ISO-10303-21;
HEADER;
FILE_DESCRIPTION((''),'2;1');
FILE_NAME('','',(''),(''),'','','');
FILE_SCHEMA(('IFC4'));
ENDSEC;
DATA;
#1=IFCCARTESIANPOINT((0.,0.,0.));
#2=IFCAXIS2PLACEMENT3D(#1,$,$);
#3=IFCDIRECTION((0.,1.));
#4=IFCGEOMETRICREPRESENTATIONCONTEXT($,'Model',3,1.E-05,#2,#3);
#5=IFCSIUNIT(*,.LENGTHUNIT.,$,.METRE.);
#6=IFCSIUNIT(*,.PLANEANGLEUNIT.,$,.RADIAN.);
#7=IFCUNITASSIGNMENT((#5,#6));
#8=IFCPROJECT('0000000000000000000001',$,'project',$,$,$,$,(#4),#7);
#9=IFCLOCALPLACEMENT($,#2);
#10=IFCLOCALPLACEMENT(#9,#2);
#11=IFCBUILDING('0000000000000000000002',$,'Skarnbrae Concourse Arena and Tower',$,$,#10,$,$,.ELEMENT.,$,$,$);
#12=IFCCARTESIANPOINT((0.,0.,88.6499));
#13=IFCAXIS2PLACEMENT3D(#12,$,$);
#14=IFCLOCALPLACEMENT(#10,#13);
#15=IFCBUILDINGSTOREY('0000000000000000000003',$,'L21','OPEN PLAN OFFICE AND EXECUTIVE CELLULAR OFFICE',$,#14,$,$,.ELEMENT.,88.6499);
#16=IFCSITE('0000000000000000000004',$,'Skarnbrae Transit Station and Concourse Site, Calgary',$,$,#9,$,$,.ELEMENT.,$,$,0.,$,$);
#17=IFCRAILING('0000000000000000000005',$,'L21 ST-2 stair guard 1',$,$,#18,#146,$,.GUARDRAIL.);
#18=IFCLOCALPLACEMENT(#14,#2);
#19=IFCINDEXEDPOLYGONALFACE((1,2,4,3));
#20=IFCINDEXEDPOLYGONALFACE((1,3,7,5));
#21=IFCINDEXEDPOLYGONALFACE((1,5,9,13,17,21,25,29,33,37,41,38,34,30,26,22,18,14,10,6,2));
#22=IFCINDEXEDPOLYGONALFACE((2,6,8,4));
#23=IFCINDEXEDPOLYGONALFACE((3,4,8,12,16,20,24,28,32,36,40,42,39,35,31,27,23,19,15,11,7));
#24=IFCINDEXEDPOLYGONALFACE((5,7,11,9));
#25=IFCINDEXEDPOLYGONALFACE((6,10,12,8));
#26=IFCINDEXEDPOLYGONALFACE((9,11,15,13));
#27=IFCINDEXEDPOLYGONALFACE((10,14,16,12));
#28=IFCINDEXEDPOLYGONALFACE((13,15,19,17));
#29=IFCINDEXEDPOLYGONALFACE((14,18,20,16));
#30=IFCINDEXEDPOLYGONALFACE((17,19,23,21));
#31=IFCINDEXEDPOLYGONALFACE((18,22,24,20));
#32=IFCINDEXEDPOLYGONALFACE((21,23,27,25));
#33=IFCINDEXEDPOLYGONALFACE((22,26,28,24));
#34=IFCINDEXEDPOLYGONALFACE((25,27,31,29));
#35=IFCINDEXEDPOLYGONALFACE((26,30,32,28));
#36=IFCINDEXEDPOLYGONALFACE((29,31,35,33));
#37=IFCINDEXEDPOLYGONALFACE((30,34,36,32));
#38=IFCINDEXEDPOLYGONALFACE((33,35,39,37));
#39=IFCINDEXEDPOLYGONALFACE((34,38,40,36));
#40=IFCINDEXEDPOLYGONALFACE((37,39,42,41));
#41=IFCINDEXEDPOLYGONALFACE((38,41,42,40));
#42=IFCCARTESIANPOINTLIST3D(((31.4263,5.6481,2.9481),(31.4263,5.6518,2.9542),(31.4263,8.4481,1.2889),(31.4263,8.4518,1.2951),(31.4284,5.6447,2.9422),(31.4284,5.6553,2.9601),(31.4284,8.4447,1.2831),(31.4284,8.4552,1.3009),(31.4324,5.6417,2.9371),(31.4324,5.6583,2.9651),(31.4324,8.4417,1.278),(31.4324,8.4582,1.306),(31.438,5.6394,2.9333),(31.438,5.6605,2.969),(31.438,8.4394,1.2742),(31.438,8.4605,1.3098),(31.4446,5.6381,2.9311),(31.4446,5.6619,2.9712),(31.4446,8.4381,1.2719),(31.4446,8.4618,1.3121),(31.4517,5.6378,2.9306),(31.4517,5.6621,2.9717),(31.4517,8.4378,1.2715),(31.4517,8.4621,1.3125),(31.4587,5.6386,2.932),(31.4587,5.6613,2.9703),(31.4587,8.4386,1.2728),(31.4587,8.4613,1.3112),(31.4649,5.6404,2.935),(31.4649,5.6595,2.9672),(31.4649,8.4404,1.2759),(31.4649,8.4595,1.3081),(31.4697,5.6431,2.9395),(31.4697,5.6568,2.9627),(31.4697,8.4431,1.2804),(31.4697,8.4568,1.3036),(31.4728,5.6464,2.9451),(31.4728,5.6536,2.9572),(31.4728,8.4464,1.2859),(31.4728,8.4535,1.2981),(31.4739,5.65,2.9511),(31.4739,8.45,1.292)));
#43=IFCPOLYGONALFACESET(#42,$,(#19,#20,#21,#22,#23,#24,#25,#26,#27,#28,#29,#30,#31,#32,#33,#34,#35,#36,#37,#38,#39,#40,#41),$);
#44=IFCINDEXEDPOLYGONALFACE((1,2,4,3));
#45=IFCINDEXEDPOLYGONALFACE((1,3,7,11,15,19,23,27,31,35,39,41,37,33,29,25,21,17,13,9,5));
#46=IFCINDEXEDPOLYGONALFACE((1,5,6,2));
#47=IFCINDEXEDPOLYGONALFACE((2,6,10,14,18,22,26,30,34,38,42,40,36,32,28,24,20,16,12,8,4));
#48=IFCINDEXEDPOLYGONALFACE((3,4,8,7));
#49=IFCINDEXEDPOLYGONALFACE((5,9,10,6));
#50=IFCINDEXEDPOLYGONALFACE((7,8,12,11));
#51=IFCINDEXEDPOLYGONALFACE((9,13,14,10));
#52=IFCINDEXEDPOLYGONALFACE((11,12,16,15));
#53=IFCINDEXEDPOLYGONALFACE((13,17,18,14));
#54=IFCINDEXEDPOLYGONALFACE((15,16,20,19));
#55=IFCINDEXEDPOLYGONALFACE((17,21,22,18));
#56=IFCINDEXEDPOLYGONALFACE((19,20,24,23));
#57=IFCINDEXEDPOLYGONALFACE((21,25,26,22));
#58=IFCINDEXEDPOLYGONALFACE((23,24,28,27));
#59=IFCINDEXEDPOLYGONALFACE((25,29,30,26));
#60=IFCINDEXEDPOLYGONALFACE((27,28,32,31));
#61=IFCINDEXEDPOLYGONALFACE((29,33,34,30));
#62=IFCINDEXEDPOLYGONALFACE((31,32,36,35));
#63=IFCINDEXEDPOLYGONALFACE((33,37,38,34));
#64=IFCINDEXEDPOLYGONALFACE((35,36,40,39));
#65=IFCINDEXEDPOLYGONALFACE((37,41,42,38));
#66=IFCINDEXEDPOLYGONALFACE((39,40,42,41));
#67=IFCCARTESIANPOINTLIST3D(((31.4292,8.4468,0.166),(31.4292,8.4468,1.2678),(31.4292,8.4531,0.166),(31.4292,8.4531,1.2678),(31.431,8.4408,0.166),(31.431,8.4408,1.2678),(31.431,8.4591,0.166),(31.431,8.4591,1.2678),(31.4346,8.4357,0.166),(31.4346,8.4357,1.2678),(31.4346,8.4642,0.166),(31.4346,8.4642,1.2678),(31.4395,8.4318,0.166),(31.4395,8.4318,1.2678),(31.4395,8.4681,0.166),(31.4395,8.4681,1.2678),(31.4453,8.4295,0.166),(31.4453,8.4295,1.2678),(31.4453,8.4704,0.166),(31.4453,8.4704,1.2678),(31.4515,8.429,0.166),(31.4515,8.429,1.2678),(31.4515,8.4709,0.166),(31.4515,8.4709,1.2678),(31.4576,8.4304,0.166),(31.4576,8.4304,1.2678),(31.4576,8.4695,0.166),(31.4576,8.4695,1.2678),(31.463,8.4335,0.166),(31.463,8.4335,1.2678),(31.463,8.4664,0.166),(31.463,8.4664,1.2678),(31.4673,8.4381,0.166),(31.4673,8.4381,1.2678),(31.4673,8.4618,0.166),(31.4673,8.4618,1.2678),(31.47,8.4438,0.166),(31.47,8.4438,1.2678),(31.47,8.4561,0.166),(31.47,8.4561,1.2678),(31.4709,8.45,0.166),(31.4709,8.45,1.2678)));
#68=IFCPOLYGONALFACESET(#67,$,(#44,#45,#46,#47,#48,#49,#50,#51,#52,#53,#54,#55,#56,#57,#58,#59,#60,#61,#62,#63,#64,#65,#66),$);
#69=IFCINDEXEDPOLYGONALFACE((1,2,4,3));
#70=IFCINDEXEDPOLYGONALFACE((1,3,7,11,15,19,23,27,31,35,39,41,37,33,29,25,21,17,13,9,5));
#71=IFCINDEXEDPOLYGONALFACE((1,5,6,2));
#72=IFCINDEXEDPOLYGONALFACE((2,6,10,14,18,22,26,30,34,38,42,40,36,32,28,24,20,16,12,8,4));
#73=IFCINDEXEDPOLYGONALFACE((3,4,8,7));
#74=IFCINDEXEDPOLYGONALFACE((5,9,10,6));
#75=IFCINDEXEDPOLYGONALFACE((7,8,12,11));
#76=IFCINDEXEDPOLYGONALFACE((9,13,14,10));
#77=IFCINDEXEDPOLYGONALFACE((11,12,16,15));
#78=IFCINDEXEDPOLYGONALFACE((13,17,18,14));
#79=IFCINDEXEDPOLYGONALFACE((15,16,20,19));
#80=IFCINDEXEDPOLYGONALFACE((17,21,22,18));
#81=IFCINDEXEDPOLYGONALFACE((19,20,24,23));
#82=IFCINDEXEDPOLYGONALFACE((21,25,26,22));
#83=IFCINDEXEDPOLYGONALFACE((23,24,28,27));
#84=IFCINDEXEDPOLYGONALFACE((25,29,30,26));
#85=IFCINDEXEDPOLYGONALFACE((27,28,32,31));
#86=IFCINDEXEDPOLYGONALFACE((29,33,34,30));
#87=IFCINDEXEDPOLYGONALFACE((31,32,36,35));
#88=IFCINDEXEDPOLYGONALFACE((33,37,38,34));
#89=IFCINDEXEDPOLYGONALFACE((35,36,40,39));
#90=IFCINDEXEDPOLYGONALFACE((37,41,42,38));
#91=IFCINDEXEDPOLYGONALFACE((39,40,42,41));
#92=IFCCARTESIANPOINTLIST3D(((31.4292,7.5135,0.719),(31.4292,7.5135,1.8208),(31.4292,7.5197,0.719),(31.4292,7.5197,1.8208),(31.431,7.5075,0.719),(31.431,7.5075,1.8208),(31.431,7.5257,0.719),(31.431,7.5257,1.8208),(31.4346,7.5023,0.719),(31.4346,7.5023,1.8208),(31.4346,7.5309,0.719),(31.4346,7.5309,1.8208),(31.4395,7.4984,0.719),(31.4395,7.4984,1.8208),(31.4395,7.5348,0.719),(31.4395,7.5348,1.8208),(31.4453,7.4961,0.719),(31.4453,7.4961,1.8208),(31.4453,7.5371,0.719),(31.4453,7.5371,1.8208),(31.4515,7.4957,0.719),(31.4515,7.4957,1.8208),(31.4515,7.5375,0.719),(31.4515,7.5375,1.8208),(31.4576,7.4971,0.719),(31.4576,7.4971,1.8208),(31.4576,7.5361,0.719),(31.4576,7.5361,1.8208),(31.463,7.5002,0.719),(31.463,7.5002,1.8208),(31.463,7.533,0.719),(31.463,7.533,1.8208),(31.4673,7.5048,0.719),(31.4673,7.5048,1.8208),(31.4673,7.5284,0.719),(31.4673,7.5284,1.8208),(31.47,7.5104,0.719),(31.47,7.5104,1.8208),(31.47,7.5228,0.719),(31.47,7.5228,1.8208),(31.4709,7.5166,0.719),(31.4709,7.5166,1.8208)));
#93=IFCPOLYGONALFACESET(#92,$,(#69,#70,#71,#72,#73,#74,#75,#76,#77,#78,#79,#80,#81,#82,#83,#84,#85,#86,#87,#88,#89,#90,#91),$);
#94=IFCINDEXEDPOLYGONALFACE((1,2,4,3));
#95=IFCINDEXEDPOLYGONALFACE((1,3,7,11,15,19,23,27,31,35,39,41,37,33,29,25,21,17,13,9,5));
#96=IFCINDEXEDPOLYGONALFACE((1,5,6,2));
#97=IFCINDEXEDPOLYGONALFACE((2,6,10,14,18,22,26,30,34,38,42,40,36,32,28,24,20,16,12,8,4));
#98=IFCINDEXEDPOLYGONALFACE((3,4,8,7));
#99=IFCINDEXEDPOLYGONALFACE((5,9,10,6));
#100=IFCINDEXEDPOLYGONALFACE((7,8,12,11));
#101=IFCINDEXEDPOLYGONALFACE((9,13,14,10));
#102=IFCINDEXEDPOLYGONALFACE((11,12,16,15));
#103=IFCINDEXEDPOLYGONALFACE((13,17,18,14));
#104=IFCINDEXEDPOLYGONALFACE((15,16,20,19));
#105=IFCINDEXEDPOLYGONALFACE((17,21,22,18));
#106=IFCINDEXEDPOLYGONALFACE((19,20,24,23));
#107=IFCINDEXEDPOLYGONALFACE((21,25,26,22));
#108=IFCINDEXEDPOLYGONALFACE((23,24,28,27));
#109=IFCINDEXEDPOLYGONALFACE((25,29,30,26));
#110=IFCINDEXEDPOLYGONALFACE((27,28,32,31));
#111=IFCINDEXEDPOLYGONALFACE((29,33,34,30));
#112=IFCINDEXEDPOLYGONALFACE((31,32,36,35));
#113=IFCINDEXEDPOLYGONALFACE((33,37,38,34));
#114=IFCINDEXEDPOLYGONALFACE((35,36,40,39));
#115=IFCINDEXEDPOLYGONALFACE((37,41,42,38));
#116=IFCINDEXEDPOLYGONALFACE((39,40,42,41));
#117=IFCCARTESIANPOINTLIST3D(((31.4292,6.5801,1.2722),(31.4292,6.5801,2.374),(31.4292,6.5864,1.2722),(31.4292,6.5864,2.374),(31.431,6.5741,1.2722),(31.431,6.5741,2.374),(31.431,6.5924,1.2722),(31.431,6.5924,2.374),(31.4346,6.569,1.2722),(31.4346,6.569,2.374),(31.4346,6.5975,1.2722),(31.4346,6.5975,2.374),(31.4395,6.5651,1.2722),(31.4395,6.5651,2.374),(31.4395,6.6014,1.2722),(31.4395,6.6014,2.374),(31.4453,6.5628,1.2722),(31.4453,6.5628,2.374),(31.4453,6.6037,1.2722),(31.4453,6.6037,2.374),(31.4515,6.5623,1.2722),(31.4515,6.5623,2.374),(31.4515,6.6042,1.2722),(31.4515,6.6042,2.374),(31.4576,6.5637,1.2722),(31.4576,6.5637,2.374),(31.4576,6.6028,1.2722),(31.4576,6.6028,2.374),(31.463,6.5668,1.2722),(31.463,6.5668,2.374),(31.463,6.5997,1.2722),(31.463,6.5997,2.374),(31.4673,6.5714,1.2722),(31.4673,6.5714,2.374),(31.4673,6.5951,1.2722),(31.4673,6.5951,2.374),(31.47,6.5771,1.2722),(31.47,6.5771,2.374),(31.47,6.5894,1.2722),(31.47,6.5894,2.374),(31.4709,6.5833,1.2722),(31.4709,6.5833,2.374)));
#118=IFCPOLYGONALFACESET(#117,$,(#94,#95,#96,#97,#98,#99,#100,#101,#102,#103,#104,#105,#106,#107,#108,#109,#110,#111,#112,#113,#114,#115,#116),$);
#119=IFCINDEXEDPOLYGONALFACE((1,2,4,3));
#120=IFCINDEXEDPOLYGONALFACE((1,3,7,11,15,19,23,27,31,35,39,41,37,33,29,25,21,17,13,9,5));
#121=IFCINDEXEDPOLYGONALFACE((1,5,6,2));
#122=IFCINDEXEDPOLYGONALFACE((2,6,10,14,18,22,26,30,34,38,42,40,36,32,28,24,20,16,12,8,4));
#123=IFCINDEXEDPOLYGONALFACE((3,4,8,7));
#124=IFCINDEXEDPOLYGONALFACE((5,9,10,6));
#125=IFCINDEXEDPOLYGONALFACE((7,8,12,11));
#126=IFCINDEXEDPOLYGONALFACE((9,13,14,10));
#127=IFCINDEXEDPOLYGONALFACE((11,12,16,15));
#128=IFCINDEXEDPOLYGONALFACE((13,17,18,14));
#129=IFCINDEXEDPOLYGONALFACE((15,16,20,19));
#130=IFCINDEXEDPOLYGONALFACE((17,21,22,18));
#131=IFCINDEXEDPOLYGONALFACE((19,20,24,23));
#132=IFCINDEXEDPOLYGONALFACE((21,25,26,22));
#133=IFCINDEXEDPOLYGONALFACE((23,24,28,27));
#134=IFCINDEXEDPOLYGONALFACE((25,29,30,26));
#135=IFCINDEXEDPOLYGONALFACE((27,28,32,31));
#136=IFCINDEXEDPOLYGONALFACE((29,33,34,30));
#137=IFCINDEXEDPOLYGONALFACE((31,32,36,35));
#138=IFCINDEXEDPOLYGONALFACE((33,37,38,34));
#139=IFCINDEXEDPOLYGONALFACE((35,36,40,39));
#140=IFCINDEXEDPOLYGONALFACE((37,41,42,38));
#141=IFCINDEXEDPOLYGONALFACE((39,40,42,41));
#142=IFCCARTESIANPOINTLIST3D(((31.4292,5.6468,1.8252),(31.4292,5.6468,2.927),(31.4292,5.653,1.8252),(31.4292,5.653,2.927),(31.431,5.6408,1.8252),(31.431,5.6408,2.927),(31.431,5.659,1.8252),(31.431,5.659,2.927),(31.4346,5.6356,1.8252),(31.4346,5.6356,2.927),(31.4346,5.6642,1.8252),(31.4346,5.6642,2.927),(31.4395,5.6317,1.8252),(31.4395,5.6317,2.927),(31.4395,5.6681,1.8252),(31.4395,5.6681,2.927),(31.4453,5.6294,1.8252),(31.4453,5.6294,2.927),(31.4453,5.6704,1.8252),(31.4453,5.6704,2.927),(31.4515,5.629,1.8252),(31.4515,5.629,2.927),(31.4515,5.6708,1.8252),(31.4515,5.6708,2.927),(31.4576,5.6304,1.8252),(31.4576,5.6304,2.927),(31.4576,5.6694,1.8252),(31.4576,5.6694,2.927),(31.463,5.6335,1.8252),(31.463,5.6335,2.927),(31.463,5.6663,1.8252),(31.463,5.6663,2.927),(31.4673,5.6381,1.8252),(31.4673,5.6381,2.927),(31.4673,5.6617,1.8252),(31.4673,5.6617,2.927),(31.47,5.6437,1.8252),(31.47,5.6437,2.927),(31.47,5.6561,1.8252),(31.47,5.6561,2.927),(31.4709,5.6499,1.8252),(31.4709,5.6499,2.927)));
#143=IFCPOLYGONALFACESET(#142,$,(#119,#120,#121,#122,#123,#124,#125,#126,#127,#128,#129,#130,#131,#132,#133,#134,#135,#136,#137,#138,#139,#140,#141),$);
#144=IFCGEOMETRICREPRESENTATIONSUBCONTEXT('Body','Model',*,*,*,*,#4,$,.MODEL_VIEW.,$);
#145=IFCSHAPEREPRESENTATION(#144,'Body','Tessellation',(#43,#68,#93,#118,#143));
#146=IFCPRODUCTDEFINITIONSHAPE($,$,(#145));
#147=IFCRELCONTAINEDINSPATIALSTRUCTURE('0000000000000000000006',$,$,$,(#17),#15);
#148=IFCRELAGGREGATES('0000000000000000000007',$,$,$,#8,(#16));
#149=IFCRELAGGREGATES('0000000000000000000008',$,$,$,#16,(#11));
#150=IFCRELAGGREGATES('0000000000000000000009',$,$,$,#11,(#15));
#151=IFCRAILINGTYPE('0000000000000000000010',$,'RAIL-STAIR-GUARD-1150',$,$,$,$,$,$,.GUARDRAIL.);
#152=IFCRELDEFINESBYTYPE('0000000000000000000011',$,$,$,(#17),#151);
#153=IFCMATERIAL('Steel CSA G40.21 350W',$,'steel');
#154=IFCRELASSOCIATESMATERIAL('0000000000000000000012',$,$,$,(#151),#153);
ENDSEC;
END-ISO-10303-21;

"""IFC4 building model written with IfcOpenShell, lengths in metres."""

from ifc_helpers import new_model, si_unit, direction, frame, origin, origin_2d, place, context, subcontext, project, spatial, circle, extrude, material, type_object, element, save


model = new_model("IFC4")

# Units and contexts
model_context = context("Model", 3, precision=1e-05, world=origin(), true_north=direction((0.0, 1.0)))
body_context = subcontext(model_context, "Body", "Model", "MODEL_VIEW")
ifc_project = project(units=[si_unit("LENGTHUNIT", "METRE"), si_unit("PLANEANGLEUNIT", "RADIAN")], contexts=[model_context])

# Site, building, storey
site_placement = place(None, origin())
site = spatial("IfcSite", under=ifc_project, at=site_placement, Name="Skarnbrae Transit Station and Concourse Site, Calgary", CompositionType="ELEMENT", RefElevation=0.0)
building_placement = place(site_placement, origin())
building = spatial("IfcBuilding", under=site, at=building_placement, Name="Skarnbrae Concourse Arena and Tower", CompositionType="ELEMENT")
storey_placement = place(building_placement, frame((0.0, 0.0, 88.6499)))
storey = spatial("IfcBuildingStorey", under=building, at=storey_placement, Name="L21", Description="OPEN PLAN OFFICE AND EXECUTIVE CELLULAR OFFICE", CompositionType="ELEMENT", Elevation=88.6499)

# Shared definitions
ifc_material_1 = material(Name="Steel CSA G40.21 350W", Category="steel")

# Railing
railing_type_1 = type_object("IfcRailingType", Name="RAIL-STAIR-GUARD-1150", PredefinedType="GUARDRAIL", material=ifc_material_1)
railing_1_placement = place(storey_placement, frame((31.45, 8.45, 0.166)))
element("IfcRailing", 1, at=railing_1_placement, inside=storey, type_object=railing_type_1, Name="L21 ST-2 stair guard 1", PredefinedType="GUARDRAIL", context=body_context, shape_type="SweptSolid", body=[
    extrude(circle(Radius=0.0239, at=origin_2d()), frame((0.0, 0.0, 1.126), z_axis=(0.0, -0.860306, 0.509778), x_axis=(1.0, 0.0, 0.0)), (0.0, 0.0, 1.0), 3.2546),
    extrude(circle(Radius=0.021, at=origin_2d()), origin(), (0.0, 0.0, 1.0), 1.1018),
    extrude(circle(Radius=0.021, at=origin_2d()), frame((0.0, -0.9333, 0.553)), (0.0, 0.0, 1.0), 1.1018),
    extrude(circle(Radius=0.021, at=origin_2d()), frame((0.0, -1.8667, 1.1062)), (0.0, 0.0, 1.0), 1.1018),
    extrude(circle(Radius=0.021, at=origin_2d()), frame((0.0, -2.8, 1.6592)), (0.0, 0.0, 1.0), 1.1018),
])

save(model, "model.ifc")
